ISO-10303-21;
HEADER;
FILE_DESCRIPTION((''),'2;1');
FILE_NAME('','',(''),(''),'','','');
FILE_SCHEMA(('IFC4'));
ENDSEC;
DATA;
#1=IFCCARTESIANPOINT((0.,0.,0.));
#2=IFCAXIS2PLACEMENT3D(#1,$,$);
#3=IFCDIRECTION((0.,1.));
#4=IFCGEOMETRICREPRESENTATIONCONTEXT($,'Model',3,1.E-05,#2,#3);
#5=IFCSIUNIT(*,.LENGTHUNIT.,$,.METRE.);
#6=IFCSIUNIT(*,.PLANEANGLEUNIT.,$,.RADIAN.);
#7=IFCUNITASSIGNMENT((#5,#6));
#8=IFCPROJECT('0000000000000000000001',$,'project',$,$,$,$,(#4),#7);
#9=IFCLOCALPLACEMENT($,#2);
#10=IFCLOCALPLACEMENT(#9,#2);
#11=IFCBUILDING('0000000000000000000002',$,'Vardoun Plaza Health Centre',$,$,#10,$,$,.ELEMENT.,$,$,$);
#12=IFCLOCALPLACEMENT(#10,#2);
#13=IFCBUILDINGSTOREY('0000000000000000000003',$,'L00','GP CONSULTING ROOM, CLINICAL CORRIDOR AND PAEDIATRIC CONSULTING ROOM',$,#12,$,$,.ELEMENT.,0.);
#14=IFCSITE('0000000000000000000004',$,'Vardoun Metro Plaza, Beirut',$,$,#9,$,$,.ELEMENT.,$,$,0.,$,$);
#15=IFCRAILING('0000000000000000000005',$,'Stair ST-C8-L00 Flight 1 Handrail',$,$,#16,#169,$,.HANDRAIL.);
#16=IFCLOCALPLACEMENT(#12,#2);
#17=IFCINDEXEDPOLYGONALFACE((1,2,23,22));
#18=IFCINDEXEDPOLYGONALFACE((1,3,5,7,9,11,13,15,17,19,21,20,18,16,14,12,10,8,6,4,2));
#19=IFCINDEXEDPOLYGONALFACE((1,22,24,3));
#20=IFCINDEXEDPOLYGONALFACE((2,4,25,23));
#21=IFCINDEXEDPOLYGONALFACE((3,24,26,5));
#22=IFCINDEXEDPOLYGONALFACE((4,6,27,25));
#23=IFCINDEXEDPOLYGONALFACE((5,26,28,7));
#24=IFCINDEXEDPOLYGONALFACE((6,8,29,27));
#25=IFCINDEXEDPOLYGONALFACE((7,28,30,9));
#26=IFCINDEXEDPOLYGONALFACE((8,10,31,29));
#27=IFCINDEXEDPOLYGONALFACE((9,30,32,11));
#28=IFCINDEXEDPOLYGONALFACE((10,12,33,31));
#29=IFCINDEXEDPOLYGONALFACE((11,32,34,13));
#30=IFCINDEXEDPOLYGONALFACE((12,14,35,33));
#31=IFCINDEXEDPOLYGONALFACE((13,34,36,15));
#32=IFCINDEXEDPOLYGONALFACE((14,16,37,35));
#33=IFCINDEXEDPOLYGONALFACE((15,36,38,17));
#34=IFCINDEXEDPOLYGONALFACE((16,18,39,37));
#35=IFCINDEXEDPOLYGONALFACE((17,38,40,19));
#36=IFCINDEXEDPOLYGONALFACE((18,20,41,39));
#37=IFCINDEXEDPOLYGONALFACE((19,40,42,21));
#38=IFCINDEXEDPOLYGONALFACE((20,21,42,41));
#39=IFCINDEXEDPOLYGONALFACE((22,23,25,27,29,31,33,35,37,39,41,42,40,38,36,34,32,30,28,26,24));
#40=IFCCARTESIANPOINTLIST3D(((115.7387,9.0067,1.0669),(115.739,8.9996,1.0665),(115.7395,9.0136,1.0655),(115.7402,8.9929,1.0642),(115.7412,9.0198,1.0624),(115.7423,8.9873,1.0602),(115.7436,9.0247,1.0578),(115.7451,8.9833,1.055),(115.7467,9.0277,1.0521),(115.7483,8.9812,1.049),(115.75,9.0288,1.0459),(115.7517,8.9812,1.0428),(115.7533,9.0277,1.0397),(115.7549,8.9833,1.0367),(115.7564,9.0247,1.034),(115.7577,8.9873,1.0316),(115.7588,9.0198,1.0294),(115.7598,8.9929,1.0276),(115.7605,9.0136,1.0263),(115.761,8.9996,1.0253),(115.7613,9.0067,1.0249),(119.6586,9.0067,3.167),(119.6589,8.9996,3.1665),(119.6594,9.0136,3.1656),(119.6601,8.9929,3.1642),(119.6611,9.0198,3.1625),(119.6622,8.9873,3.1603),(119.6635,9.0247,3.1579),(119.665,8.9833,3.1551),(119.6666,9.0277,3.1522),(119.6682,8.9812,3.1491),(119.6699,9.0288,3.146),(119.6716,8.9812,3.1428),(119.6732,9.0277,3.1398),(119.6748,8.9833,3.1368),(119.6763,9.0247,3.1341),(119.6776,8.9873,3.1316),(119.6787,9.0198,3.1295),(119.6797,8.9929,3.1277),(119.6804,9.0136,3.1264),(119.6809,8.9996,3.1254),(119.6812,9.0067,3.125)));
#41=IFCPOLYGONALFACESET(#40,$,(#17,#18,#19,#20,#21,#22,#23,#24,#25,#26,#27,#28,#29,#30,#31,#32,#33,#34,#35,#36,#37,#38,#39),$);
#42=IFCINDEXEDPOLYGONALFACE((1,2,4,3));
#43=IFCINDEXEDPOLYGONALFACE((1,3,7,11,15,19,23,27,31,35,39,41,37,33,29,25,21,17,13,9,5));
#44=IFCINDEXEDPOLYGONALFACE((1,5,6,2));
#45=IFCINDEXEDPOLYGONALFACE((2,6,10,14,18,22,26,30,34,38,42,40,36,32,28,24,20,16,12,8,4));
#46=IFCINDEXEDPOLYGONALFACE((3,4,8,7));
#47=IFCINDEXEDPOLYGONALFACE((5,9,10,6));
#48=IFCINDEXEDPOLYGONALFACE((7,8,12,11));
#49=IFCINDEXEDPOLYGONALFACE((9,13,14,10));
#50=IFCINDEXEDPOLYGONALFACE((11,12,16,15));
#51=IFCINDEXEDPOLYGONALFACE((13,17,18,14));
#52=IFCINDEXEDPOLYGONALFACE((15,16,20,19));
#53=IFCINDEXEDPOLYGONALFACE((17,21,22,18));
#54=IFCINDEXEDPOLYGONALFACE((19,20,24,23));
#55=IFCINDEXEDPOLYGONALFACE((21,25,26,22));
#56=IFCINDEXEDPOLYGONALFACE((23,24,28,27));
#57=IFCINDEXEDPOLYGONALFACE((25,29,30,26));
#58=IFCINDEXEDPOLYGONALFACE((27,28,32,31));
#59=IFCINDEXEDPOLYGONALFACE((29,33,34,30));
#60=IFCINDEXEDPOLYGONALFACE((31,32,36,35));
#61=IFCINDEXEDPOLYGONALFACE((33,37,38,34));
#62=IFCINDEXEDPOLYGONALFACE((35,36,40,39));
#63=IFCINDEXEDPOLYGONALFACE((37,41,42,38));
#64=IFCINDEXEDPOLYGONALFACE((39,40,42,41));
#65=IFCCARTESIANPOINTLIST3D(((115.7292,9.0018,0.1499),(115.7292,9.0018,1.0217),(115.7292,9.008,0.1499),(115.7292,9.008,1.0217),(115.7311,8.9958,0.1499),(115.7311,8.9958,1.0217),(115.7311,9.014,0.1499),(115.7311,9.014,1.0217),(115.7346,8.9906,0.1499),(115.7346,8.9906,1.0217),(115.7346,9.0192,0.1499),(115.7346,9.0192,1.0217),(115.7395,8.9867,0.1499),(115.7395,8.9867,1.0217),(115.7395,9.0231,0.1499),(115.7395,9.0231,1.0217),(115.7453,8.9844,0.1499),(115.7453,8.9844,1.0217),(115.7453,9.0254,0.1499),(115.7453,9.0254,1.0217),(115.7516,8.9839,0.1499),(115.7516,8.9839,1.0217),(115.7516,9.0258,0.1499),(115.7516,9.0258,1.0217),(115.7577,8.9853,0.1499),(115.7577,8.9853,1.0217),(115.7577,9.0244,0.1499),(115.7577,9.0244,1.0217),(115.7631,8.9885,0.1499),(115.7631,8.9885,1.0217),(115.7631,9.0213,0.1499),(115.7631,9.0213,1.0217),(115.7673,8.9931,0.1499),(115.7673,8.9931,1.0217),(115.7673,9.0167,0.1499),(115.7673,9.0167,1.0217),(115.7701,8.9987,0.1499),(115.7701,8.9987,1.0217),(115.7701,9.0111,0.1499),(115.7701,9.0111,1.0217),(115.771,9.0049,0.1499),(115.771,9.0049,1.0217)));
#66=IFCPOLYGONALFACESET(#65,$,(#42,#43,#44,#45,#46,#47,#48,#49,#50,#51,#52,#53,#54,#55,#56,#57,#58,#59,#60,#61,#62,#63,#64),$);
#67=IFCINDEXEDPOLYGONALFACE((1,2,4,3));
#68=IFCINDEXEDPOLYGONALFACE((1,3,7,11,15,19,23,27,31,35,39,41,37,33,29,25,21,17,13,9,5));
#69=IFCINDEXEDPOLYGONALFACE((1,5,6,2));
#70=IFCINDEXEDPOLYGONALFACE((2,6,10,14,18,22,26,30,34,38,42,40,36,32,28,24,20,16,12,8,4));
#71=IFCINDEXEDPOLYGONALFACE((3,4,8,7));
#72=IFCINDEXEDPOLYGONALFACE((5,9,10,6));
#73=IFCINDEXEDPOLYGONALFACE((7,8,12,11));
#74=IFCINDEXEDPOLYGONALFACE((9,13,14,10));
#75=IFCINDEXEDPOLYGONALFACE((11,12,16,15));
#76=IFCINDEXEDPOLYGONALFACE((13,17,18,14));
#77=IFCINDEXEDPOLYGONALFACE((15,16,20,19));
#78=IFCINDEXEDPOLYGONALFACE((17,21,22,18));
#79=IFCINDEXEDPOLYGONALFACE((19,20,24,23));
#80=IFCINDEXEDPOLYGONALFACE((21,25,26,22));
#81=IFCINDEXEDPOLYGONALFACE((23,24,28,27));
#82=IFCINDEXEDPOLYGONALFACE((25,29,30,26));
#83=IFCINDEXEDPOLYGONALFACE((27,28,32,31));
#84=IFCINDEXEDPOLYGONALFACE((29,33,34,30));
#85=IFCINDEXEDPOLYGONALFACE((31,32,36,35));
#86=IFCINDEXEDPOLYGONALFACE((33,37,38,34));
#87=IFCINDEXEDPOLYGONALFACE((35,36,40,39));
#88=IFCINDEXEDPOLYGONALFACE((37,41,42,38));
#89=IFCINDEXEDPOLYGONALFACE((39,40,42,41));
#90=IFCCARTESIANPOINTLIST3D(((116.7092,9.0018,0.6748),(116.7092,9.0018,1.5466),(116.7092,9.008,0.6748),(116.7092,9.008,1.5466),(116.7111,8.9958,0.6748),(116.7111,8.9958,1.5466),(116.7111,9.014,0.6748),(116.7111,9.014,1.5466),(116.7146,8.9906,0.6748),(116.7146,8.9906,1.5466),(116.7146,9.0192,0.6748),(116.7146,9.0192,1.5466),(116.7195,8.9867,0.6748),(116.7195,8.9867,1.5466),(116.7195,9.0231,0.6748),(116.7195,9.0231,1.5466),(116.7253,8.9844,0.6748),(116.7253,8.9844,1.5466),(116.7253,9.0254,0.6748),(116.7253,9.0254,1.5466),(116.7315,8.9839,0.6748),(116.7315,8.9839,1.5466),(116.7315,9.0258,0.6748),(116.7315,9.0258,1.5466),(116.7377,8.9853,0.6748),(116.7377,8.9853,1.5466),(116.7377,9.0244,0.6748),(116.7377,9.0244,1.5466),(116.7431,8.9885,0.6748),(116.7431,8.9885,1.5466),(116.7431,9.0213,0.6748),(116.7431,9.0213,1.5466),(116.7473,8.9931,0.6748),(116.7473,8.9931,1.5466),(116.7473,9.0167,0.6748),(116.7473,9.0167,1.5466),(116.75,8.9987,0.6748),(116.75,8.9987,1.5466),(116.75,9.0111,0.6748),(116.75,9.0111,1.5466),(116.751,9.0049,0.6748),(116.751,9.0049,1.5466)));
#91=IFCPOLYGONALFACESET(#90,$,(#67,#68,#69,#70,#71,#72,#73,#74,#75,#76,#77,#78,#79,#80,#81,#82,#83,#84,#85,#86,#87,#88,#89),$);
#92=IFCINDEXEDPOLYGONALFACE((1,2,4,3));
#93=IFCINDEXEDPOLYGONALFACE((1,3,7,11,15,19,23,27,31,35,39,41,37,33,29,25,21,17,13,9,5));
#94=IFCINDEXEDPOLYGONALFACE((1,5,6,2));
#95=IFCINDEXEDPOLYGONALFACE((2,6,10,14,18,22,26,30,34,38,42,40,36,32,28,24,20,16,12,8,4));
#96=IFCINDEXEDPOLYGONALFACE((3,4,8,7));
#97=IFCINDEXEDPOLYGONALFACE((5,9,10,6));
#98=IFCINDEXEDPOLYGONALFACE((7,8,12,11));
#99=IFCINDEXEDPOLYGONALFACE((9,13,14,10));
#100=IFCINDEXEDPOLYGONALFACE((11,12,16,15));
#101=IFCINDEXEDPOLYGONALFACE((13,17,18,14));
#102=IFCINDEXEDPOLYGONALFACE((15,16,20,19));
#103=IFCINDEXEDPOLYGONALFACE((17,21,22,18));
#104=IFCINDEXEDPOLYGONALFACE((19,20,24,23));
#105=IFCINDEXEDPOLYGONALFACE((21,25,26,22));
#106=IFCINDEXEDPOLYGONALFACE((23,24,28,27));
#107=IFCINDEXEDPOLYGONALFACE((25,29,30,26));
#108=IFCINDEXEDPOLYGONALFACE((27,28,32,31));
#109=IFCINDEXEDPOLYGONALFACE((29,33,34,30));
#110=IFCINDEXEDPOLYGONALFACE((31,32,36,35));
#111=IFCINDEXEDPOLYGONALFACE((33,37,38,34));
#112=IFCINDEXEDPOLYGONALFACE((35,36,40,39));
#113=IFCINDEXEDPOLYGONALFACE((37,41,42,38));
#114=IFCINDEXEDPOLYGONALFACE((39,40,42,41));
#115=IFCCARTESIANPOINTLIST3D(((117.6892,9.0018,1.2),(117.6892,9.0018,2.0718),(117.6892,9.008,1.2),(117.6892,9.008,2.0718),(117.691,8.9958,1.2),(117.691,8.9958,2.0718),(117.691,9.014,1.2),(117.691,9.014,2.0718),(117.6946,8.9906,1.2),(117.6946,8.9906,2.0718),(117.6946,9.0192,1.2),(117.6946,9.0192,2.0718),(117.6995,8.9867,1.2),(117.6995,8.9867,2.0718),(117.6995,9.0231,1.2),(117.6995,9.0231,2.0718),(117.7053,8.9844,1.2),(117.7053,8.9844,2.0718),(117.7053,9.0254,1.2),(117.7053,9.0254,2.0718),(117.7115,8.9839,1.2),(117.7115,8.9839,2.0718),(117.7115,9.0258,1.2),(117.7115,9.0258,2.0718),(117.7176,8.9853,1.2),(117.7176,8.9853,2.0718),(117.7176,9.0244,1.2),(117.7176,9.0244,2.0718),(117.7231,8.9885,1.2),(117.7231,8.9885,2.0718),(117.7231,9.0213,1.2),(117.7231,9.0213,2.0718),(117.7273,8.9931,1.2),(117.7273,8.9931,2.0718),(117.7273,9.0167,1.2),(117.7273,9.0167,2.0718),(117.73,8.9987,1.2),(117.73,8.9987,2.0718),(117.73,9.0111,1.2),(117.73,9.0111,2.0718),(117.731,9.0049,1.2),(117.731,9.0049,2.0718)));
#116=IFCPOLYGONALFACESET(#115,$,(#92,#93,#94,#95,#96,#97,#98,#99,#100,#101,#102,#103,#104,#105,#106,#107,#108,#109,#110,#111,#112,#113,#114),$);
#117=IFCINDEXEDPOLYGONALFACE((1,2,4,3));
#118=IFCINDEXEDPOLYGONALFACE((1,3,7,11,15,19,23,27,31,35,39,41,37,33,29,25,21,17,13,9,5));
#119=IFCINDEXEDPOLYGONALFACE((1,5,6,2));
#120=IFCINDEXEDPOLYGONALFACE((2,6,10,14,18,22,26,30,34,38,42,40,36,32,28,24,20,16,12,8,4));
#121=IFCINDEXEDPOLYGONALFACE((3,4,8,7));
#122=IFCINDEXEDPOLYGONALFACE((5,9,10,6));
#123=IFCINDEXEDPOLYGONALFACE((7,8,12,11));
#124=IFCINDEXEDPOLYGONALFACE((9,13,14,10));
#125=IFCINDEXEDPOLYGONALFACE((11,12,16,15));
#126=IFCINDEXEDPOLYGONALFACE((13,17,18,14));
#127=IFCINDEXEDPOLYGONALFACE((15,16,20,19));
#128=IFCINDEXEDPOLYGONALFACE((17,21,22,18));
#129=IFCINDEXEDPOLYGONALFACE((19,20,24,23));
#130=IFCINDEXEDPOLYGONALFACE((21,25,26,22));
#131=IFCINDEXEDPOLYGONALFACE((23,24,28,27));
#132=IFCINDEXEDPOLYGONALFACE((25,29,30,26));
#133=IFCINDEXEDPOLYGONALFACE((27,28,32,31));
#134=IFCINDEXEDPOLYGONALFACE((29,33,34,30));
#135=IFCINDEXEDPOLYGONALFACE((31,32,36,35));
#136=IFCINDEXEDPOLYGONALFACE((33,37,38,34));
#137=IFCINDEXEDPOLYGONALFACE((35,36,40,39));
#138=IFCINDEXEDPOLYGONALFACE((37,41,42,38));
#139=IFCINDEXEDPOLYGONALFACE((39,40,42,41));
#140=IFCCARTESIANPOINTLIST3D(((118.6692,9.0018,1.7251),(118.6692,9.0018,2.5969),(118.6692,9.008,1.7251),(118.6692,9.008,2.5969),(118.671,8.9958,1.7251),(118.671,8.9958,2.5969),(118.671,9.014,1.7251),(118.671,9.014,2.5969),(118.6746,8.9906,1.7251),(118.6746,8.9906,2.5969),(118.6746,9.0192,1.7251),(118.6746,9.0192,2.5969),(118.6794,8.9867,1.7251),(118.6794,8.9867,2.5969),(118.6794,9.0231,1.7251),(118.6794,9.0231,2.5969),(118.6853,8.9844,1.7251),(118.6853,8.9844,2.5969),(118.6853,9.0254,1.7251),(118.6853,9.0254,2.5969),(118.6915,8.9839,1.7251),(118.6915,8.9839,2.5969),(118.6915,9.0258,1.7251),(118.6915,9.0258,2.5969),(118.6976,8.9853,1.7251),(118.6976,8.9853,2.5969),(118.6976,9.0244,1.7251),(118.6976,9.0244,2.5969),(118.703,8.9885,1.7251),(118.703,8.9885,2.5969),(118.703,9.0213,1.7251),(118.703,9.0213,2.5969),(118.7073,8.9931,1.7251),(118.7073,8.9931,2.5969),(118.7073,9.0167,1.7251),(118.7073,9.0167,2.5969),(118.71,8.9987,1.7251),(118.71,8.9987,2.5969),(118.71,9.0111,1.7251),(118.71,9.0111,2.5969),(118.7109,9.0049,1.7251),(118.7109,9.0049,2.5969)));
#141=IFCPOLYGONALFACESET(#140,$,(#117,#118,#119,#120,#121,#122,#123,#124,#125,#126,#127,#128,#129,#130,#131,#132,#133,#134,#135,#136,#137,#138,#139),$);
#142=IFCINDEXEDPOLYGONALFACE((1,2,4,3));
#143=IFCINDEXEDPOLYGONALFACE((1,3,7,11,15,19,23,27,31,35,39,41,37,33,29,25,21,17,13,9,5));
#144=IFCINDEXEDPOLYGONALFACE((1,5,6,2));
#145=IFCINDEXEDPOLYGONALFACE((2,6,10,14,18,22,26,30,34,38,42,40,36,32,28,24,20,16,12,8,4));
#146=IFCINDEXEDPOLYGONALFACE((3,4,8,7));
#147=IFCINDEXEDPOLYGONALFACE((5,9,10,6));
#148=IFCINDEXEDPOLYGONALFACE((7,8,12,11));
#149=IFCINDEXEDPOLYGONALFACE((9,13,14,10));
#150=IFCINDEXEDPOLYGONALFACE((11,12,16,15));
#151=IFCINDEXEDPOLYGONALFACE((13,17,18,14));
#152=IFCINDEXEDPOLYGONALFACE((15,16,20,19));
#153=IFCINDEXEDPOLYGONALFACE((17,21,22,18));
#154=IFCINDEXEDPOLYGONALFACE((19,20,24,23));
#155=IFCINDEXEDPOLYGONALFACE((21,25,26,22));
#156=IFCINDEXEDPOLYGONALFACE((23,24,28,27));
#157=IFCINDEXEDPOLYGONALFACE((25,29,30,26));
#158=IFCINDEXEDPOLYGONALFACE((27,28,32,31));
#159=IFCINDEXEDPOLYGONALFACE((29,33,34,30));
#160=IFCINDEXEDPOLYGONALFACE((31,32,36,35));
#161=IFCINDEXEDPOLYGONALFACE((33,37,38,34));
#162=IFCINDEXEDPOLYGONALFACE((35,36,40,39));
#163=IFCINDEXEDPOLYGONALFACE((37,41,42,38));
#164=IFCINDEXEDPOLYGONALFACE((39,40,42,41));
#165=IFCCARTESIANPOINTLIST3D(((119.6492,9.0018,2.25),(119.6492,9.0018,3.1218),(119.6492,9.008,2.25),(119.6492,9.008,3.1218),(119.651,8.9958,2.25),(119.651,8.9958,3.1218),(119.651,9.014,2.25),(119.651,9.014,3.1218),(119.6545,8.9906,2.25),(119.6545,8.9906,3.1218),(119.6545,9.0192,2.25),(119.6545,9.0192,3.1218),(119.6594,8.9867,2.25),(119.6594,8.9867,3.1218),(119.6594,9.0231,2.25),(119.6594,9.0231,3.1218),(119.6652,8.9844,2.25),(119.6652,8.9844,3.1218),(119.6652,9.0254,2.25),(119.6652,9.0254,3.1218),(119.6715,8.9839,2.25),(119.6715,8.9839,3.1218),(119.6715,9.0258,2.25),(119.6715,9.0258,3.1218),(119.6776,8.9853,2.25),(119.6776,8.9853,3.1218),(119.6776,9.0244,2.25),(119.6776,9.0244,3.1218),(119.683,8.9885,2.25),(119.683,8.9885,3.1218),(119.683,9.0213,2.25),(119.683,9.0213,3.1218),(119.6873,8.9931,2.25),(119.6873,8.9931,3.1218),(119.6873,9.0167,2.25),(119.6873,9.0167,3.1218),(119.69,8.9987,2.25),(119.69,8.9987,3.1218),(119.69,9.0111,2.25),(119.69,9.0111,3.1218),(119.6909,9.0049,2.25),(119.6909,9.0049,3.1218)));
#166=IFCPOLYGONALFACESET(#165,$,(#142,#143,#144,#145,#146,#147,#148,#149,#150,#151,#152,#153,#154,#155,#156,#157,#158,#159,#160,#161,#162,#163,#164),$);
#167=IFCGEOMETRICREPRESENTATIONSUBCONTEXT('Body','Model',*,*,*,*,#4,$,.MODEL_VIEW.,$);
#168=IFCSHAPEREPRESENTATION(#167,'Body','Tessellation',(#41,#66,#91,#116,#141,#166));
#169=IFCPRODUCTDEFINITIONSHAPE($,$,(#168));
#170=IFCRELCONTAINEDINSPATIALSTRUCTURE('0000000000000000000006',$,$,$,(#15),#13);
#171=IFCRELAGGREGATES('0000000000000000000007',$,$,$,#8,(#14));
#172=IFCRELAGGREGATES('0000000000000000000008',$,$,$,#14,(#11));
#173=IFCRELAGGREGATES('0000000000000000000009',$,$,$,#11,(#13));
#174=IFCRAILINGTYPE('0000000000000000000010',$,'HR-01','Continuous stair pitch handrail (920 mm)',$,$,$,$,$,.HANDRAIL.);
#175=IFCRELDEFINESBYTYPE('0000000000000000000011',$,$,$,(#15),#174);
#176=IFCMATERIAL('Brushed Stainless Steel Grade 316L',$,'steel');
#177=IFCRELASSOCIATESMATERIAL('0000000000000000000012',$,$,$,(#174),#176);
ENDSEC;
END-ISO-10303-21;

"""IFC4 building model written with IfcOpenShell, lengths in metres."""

from ifc_helpers import new_model, si_unit, direction, frame, origin, origin_2d, place, context, subcontext, project, spatial, circle, extrude, material, type_object, element, save


model = new_model("IFC4")

# Units and contexts
model_context = context("Model", 3, precision=1e-05, world=origin(), true_north=direction((0.0, 1.0)))
body_context = subcontext(model_context, "Body", "Model", "MODEL_VIEW")
ifc_project = project(units=[si_unit("LENGTHUNIT", "METRE"), si_unit("PLANEANGLEUNIT", "RADIAN")], contexts=[model_context])

# Site, building, storey
site_placement = place(None, origin())
site = spatial("IfcSite", under=ifc_project, at=site_placement, Name="Vardoun Metro Plaza, Beirut", CompositionType="ELEMENT", RefElevation=0.0)
building_placement = place(site_placement, origin())
building = spatial("IfcBuilding", under=site, at=building_placement, Name="Vardoun Plaza Health Centre", CompositionType="ELEMENT")
storey_placement = place(building_placement, origin())
storey = spatial("IfcBuildingStorey", under=building, at=storey_placement, Name="L00", Description="GP CONSULTING ROOM, CLINICAL CORRIDOR AND PAEDIATRIC CONSULTING ROOM", CompositionType="ELEMENT", Elevation=0.0)

# Railing
ifc_material_1 = material(Name="Brushed Stainless Steel Grade 316L", Category="steel")
railing_type_1 = type_object("IfcRailingType", Name="HR-01", Description="Continuous stair pitch handrail (920 mm)", PredefinedType="HANDRAIL", material=ifc_material_1)
railing_1_placement = place(storey_placement, frame((115.75, 9.0049, 0.1499)))
element("IfcRailing", 1, at=railing_1_placement, inside=storey, type_object=railing_type_1, Name="Stair ST-C8-L00 Flight 1 Handrail", PredefinedType="HANDRAIL", context=body_context, shape_type="SweptSolid", body=[
    extrude(circle(Radius=0.0239, at=origin_2d()), frame((0.0, 0.0, 0.896), z_axis=(0.881467, 0.0, 0.472246), x_axis=(0.0, 1.0, 0.0)), (0.0, 0.0, 1.0), 4.447),
    extrude(circle(Radius=0.021, at=origin_2d()), origin(), (0.0, 0.0, 1.0), 0.8718),
    extrude(circle(Radius=0.021, at=origin_2d()), frame((0.98, 0.0, 0.5249)), (0.0, 0.0, 1.0), 0.8718),
    extrude(circle(Radius=0.021, at=origin_2d()), frame((1.96, 0.0, 1.05)), (0.0, 0.0, 1.0), 0.8718),
    extrude(circle(Radius=0.021, at=origin_2d()), frame((2.9399, 0.0, 1.5752)), (0.0, 0.0, 1.0), 0.8718),
    extrude(circle(Radius=0.021, at=origin_2d()), frame((3.9199, 0.0, 2.1001)), (0.0, 0.0, 1.0), 0.8718),
])

save(model, "model.ifc")
